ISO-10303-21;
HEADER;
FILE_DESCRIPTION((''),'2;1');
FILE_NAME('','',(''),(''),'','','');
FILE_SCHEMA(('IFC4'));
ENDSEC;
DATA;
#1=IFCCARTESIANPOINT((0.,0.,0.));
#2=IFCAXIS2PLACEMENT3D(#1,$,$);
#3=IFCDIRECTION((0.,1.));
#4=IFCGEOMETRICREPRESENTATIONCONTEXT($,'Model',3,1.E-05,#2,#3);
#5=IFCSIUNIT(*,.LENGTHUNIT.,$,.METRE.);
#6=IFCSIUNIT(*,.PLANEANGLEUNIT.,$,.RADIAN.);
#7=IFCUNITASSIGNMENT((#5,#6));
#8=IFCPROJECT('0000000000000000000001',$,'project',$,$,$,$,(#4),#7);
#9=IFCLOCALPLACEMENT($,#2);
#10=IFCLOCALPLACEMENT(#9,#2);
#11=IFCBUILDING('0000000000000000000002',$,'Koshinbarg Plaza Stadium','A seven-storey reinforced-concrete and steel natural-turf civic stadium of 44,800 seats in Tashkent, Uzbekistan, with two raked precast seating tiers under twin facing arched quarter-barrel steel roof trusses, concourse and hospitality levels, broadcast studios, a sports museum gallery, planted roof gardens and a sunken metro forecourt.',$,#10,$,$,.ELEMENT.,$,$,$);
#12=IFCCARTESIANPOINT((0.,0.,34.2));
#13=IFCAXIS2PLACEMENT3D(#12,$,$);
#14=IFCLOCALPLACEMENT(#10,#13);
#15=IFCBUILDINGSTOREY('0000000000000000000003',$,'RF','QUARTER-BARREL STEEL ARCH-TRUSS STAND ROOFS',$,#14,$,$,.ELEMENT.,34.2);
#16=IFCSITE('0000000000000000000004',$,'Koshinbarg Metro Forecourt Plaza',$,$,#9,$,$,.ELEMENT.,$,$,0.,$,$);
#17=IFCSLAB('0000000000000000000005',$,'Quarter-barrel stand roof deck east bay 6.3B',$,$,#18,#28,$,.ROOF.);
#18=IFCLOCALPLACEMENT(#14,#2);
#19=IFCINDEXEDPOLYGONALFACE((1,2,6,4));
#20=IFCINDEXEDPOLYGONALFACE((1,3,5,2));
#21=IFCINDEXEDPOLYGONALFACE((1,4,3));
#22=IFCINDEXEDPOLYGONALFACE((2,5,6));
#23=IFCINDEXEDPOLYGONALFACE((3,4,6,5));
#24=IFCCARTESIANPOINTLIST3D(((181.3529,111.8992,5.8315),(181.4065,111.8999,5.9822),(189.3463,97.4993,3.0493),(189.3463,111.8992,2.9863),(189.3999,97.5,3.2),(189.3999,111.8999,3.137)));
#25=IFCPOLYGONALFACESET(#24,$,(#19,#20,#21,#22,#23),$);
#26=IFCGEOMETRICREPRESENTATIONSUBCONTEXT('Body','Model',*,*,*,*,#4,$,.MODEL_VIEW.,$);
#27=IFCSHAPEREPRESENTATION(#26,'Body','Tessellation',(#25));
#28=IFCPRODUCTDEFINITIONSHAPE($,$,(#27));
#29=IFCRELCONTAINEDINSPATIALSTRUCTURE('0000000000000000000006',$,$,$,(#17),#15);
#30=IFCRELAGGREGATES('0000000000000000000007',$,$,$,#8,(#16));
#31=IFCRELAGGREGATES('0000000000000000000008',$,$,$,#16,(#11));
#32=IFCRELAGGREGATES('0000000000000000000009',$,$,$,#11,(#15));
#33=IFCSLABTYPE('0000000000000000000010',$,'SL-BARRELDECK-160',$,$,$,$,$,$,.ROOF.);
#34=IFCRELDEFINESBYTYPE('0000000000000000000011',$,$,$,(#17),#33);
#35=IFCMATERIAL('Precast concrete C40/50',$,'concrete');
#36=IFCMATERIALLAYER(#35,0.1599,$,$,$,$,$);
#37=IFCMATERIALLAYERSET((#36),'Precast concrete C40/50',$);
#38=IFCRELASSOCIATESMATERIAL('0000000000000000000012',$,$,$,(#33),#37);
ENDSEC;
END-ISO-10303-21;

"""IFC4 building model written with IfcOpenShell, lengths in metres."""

from ifc_helpers import new_model, si_unit, direction, frame, origin, place, context, subcontext, project, spatial, polyline, outline, extrude, material, layer, layer_set, type_object, element, save


model = new_model("IFC4")

# Units and contexts
model_context = context("Model", 3, precision=1e-05, world=origin(), true_north=direction((0.0, 1.0)))
body_context = subcontext(model_context, "Body", "Model", "MODEL_VIEW")
ifc_project = project(units=[si_unit("LENGTHUNIT", "METRE"), si_unit("PLANEANGLEUNIT", "RADIAN")], contexts=[model_context])

# Site, building, storey
site_placement = place(None, origin())
site = spatial("IfcSite", under=ifc_project, at=site_placement, Name="Koshinbarg Metro Forecourt Plaza", CompositionType="ELEMENT", RefElevation=0.0)
building_placement = place(site_placement, origin())
building = spatial("IfcBuilding", under=site, at=building_placement, Name="Koshinbarg Plaza Stadium", Description="A seven-storey reinforced-concrete and steel natural-turf civic stadium of 44,800 seats in Tashkent, Uzbekistan, with two raked precast seating tiers under twin facing arched quarter-barrel steel roof trusses, concourse and hospitality levels, broadcast studios, a sports museum gallery, planted roof gardens and a sunken metro forecourt.", CompositionType="ELEMENT")
storey_placement = place(building_placement, frame((0.0, 0.0, 34.2)))
storey = spatial("IfcBuildingStorey", under=building, at=storey_placement, Name="RF", Description="QUARTER-BARREL STEEL ARCH-TRUSS STAND ROOFS", CompositionType="ELEMENT", Elevation=34.2)

# Slab
ifc_material_1 = material(Name="Precast concrete C40/50", Category="concrete")
ifc_layer_1 = layer(ifc_material_1, 0.1599)
ifc_layer_set_1 = layer_set([ifc_layer_1], Name="Precast concrete C40/50")
slab_type = type_object("IfcSlabType", Name="SL-BARRELDECK-160", PredefinedType="ROOF", material=ifc_layer_set_1)
slab_1_placement = place(storey_placement, frame((189.3999, 97.5, 3.2), z_axis=(0.335333, 0.004121, 0.942091), x_axis=(-0.478559, 0.862111, 0.16657)))
element("IfcSlab", 1, at=slab_1_placement, inside=storey, type_object=slab_type, Name="Quarter-barrel stand roof deck east bay 6.3B", PredefinedType="ROOF", context=body_context, shape_type="SweptSolid", body=[
    extrude(outline(polyline([(0.0, 0.0), (16.7031, 0.0), (12.4038, -7.3148), (0.0, 0.0)])), origin(), (0.0, 0.0, -1.0), 0.1599),
])

save(model, "model.ifc")
